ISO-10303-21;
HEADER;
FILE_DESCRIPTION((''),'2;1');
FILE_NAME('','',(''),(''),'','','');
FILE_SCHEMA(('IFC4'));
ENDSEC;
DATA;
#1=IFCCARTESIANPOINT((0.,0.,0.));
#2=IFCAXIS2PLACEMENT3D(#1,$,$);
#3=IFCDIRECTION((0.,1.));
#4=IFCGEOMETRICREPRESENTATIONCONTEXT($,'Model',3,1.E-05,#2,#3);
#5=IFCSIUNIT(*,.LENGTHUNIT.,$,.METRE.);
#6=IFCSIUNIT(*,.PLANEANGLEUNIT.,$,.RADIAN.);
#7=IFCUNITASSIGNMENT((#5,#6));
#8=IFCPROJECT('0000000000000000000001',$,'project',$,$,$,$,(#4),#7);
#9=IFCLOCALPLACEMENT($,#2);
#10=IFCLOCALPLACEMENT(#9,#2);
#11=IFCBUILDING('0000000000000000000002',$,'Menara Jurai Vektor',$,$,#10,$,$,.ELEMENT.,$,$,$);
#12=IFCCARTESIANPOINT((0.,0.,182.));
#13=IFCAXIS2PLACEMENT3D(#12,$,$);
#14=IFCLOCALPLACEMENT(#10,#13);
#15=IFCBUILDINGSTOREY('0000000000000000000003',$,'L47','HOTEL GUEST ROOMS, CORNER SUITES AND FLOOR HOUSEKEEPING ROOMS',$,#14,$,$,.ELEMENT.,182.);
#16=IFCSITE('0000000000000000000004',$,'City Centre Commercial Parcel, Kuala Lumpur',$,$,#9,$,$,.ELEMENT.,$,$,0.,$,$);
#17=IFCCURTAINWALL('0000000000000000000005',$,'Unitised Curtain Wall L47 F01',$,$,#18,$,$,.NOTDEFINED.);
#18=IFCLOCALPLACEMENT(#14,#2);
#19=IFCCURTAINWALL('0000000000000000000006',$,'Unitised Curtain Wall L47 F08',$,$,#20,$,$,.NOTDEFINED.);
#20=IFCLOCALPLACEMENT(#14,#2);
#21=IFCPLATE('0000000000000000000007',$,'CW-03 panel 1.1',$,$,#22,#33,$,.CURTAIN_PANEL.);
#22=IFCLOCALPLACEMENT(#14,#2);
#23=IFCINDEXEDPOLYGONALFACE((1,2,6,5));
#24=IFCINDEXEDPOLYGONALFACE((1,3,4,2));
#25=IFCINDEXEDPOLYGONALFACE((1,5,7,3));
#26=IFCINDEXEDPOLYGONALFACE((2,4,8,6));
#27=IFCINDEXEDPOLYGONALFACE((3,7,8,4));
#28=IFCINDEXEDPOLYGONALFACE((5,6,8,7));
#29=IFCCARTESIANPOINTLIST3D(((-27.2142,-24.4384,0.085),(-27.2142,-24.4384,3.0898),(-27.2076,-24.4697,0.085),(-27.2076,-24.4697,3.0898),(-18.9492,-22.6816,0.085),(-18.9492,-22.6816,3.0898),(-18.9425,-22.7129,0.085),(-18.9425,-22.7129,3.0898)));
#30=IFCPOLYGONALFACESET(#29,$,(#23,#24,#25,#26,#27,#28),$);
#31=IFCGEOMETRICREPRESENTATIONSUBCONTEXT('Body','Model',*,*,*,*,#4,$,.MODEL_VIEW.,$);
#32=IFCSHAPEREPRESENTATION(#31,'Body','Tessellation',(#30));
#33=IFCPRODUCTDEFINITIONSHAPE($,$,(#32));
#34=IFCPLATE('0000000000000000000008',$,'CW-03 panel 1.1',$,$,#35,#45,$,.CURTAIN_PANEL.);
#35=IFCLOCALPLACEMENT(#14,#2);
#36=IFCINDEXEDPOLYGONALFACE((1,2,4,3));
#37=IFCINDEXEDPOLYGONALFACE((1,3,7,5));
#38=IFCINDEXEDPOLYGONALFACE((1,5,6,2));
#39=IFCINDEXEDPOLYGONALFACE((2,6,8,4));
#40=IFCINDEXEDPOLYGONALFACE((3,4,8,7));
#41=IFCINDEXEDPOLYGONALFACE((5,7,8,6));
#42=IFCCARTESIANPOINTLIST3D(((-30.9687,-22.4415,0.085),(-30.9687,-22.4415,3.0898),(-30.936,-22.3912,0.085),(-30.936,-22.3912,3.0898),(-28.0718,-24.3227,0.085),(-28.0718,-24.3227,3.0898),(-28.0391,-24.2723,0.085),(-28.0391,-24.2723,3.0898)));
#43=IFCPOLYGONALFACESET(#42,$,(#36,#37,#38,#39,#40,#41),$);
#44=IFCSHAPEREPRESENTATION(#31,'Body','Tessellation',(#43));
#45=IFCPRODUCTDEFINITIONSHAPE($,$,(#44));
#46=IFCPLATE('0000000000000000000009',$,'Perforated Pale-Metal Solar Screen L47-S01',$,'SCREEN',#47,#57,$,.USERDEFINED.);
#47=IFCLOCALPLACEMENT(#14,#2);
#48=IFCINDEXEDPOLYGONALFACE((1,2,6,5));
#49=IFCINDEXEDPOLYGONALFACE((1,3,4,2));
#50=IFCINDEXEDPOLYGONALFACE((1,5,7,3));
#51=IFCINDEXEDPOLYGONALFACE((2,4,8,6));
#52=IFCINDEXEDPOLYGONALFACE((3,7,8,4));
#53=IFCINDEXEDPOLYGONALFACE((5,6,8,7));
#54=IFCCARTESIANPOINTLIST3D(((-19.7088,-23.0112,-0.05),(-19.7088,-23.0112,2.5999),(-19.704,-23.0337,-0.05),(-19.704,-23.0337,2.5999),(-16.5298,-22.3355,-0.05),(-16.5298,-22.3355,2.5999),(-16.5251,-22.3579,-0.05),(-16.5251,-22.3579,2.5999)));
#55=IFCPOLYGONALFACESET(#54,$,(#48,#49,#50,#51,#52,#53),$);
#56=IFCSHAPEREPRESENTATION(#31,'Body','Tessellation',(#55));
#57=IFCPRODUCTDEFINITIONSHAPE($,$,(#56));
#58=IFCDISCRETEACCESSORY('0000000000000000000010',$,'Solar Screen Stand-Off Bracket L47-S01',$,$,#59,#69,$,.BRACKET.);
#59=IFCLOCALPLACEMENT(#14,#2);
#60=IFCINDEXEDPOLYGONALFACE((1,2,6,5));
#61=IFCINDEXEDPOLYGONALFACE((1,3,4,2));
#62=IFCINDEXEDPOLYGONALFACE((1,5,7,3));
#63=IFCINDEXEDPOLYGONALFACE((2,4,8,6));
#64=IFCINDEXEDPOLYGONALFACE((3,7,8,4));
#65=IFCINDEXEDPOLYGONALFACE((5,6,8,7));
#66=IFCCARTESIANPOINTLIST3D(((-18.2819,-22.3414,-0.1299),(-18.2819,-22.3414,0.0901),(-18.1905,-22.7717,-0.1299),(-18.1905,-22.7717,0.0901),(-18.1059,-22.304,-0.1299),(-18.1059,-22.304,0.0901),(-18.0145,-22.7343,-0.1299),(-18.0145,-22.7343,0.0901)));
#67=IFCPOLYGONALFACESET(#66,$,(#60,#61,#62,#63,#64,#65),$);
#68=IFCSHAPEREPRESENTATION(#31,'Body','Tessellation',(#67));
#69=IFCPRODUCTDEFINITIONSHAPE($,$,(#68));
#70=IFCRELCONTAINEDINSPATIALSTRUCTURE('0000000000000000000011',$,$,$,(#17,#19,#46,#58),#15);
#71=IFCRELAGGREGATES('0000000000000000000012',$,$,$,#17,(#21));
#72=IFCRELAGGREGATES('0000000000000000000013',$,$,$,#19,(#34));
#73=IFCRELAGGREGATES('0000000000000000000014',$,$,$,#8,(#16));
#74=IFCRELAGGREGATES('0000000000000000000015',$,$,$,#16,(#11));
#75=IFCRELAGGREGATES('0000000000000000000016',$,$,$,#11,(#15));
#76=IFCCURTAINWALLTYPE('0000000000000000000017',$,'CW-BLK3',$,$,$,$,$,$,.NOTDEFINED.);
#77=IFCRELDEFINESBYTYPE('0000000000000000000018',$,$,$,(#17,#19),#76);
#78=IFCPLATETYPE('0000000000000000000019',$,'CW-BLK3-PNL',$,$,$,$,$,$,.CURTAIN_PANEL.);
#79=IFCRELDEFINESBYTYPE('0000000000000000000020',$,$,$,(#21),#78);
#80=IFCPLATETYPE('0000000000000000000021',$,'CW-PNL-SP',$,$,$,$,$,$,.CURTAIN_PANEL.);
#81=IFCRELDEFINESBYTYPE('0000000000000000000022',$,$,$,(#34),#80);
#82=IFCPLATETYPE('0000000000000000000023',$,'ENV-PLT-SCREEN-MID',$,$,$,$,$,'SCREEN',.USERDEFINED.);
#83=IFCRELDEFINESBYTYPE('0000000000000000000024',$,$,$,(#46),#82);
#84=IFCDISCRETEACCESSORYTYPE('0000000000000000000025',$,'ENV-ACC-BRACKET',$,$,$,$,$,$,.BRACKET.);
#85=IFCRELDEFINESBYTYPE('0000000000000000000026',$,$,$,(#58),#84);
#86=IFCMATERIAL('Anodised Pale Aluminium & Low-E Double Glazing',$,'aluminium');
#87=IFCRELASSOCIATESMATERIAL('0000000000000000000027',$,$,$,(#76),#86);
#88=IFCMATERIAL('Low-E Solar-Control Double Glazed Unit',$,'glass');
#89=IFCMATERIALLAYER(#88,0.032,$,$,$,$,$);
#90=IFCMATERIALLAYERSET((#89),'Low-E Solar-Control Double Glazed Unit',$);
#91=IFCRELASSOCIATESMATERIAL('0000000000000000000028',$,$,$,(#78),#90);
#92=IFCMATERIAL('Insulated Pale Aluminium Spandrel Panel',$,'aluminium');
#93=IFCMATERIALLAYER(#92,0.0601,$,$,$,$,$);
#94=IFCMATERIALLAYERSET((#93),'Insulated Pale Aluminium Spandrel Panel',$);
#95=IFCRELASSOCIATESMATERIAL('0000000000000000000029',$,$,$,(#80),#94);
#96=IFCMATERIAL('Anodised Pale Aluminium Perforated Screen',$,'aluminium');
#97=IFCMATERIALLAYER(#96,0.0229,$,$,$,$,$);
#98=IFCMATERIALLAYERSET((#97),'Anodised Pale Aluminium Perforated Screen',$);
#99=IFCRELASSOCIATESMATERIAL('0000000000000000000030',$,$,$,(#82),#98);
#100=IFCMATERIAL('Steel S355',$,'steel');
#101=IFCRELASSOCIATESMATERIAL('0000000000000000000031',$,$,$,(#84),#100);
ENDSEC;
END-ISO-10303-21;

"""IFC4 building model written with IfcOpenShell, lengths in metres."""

from ifc_helpers import new_model, si_unit, direction, frame, origin, origin_2d, place, context, subcontext, project, spatial, rectangle, extrude, material, layer, layer_set, type_object, element, aggregate, save


model = new_model("IFC4")

# Units and contexts
model_context = context("Model", 3, precision=1e-05, world=origin(), true_north=direction((0.0, 1.0)))
body_context = subcontext(model_context, "Body", "Model", "MODEL_VIEW")
ifc_project = project(units=[si_unit("LENGTHUNIT", "METRE"), si_unit("PLANEANGLEUNIT", "RADIAN")], contexts=[model_context])

# Site, building, storey
site_placement = place(None, origin())
site = spatial("IfcSite", under=ifc_project, at=site_placement, Name="City Centre Commercial Parcel, Kuala Lumpur", CompositionType="ELEMENT", RefElevation=0.0)
building_placement = place(site_placement, origin())
building = spatial("IfcBuilding", under=site, at=building_placement, Name="Menara Jurai Vektor", CompositionType="ELEMENT")
storey_placement = place(building_placement, frame((0.0, 0.0, 182.0)))
storey = spatial("IfcBuildingStorey", under=building, at=storey_placement, Name="L47", Description="HOTEL GUEST ROOMS, CORNER SUITES AND FLOOR HOUSEKEEPING ROOMS", CompositionType="ELEMENT", Elevation=182.0)

# Curtain wall
ifc_material_1 = material(Name="Anodised Pale Aluminium & Low-E Double Glazing", Category="aluminium")
curtain_wall_type = type_object("IfcCurtainWallType", Name="CW-BLK3", PredefinedType="NOTDEFINED", material=ifc_material_1)
curtain_wall_1_placement = place(storey_placement, origin())
curtain_wall_1 = element("IfcCurtainWall", 1, at=curtain_wall_1_placement, inside=storey, type_object=curtain_wall_type, Name="Unitised Curtain Wall L47 F01", PredefinedType="NOTDEFINED")

# Curtain wall
curtain_wall_2_placement = place(storey_placement, origin())
curtain_wall_2 = element("IfcCurtainWall", 2, at=curtain_wall_2_placement, inside=storey, type_object=curtain_wall_type, Name="Unitised Curtain Wall L47 F08", PredefinedType="NOTDEFINED")

# Shared definitions
ifc_material_2 = material(Name="Steel S355", Category="steel")

# Plates
ifc_material_3 = material(Name="Low-E Solar-Control Double Glazed Unit", Category="glass")
ifc_layer_1 = layer(ifc_material_3, 0.032)
ifc_layer_set_1 = layer_set([ifc_layer_1], Name="Low-E Solar-Control Double Glazed Unit")
plate_type_1 = type_object("IfcPlateType", Name="CW-BLK3-PNL", PredefinedType="CURTAIN_PANEL", material=ifc_layer_set_1)
plate_1_placement = place(storey_placement, frame((-23.0784, -23.5757, 0.085), z_axis=(0.0, 0.0, 1.0), x_axis=(0.978148, 0.207911, 0.0)))
plate_1 = element("IfcPlate", 3, at=plate_1_placement, type_object=plate_type_1, Name="CW-03 panel 1.1", PredefinedType="CURTAIN_PANEL", context=body_context, shape_type="SweptSolid", body=[
    extrude(rectangle(XDim=8.4497, YDim=0.032, at=origin_2d()), origin(), (0.0, 0.0, 1.0), 3.0049),
])
aggregate(curtain_wall_1, [plate_1])
ifc_material_4 = material(Name="Insulated Pale Aluminium Spandrel Panel", Category="aluminium")
ifc_layer_2 = layer(ifc_material_4, 0.0601)
ifc_layer_set_2 = layer_set([ifc_layer_2], Name="Insulated Pale Aluminium Spandrel Panel")
plate_type_2 = type_object("IfcPlateType", Name="CW-PNL-SP", PredefinedType="CURTAIN_PANEL", material=ifc_layer_set_2)
plate_2_placement = place(storey_placement, frame((-29.5039, -23.3569, 0.085), z_axis=(0.0, 0.0, 1.0), x_axis=(0.838684, -0.544618, 0.0)))
plate_2 = element("IfcPlate", 4, at=plate_2_placement, type_object=plate_type_2, Name="CW-03 panel 1.1", PredefinedType="CURTAIN_PANEL", context=body_context, shape_type="SweptSolid", body=[
    extrude(rectangle(XDim=3.4541, YDim=0.0601, at=origin_2d()), origin(), (0.0, 0.0, 1.0), 3.0049),
])
aggregate(curtain_wall_2, [plate_2])
ifc_material_5 = material(Name="Anodised Pale Aluminium Perforated Screen", Category="aluminium")
ifc_layer_3 = layer(ifc_material_5, 0.0229)
ifc_layer_set_3 = layer_set([ifc_layer_3], Name="Anodised Pale Aluminium Perforated Screen")
plate_type_3 = type_object("IfcPlateType", Name="ENV-PLT-SCREEN-MID", ElementType="SCREEN", PredefinedType="USERDEFINED", material=ifc_layer_set_3)
plate_3_placement = place(storey_placement, frame((-18.1169, -22.6846, -0.05), z_axis=(0.0, 0.0, 1.0), x_axis=(0.978148, 0.207912, 0.0)))
element("IfcPlate", 5, at=plate_3_placement, inside=storey, type_object=plate_type_3, Name="Perforated Pale-Metal Solar Screen L47-S01", ObjectType="SCREEN", PredefinedType="USERDEFINED", context=body_context, shape_type="SweptSolid", body=[
    extrude(rectangle(XDim=3.25, YDim=0.0229, at=origin_2d()), origin(), (0.0, 0.0, 1.0), 2.6499),
])

# Discrete accessory
discrete_accessory_type = type_object("IfcDiscreteAccessoryType", Name="ENV-ACC-BRACKET", PredefinedType="BRACKET", material=ifc_material_2)
discrete_accessory_placement = place(storey_placement, frame((-18.1482, -22.5378, -0.1299), z_axis=(0.0, 0.0, 1.0), x_axis=(0.978148, 0.207912, 0.0)))
element("IfcDiscreteAccessory", 6, at=discrete_accessory_placement, inside=storey, type_object=discrete_accessory_type, Name="Solar Screen Stand-Off Bracket L47-S01", PredefinedType="BRACKET", context=body_context, shape_type="SweptSolid", body=[
    extrude(rectangle(XDim=0.1799, YDim=0.4399, at=origin_2d()), origin(), (0.0, 0.0, 1.0), 0.22),
])

save(model, "model.ifc")
